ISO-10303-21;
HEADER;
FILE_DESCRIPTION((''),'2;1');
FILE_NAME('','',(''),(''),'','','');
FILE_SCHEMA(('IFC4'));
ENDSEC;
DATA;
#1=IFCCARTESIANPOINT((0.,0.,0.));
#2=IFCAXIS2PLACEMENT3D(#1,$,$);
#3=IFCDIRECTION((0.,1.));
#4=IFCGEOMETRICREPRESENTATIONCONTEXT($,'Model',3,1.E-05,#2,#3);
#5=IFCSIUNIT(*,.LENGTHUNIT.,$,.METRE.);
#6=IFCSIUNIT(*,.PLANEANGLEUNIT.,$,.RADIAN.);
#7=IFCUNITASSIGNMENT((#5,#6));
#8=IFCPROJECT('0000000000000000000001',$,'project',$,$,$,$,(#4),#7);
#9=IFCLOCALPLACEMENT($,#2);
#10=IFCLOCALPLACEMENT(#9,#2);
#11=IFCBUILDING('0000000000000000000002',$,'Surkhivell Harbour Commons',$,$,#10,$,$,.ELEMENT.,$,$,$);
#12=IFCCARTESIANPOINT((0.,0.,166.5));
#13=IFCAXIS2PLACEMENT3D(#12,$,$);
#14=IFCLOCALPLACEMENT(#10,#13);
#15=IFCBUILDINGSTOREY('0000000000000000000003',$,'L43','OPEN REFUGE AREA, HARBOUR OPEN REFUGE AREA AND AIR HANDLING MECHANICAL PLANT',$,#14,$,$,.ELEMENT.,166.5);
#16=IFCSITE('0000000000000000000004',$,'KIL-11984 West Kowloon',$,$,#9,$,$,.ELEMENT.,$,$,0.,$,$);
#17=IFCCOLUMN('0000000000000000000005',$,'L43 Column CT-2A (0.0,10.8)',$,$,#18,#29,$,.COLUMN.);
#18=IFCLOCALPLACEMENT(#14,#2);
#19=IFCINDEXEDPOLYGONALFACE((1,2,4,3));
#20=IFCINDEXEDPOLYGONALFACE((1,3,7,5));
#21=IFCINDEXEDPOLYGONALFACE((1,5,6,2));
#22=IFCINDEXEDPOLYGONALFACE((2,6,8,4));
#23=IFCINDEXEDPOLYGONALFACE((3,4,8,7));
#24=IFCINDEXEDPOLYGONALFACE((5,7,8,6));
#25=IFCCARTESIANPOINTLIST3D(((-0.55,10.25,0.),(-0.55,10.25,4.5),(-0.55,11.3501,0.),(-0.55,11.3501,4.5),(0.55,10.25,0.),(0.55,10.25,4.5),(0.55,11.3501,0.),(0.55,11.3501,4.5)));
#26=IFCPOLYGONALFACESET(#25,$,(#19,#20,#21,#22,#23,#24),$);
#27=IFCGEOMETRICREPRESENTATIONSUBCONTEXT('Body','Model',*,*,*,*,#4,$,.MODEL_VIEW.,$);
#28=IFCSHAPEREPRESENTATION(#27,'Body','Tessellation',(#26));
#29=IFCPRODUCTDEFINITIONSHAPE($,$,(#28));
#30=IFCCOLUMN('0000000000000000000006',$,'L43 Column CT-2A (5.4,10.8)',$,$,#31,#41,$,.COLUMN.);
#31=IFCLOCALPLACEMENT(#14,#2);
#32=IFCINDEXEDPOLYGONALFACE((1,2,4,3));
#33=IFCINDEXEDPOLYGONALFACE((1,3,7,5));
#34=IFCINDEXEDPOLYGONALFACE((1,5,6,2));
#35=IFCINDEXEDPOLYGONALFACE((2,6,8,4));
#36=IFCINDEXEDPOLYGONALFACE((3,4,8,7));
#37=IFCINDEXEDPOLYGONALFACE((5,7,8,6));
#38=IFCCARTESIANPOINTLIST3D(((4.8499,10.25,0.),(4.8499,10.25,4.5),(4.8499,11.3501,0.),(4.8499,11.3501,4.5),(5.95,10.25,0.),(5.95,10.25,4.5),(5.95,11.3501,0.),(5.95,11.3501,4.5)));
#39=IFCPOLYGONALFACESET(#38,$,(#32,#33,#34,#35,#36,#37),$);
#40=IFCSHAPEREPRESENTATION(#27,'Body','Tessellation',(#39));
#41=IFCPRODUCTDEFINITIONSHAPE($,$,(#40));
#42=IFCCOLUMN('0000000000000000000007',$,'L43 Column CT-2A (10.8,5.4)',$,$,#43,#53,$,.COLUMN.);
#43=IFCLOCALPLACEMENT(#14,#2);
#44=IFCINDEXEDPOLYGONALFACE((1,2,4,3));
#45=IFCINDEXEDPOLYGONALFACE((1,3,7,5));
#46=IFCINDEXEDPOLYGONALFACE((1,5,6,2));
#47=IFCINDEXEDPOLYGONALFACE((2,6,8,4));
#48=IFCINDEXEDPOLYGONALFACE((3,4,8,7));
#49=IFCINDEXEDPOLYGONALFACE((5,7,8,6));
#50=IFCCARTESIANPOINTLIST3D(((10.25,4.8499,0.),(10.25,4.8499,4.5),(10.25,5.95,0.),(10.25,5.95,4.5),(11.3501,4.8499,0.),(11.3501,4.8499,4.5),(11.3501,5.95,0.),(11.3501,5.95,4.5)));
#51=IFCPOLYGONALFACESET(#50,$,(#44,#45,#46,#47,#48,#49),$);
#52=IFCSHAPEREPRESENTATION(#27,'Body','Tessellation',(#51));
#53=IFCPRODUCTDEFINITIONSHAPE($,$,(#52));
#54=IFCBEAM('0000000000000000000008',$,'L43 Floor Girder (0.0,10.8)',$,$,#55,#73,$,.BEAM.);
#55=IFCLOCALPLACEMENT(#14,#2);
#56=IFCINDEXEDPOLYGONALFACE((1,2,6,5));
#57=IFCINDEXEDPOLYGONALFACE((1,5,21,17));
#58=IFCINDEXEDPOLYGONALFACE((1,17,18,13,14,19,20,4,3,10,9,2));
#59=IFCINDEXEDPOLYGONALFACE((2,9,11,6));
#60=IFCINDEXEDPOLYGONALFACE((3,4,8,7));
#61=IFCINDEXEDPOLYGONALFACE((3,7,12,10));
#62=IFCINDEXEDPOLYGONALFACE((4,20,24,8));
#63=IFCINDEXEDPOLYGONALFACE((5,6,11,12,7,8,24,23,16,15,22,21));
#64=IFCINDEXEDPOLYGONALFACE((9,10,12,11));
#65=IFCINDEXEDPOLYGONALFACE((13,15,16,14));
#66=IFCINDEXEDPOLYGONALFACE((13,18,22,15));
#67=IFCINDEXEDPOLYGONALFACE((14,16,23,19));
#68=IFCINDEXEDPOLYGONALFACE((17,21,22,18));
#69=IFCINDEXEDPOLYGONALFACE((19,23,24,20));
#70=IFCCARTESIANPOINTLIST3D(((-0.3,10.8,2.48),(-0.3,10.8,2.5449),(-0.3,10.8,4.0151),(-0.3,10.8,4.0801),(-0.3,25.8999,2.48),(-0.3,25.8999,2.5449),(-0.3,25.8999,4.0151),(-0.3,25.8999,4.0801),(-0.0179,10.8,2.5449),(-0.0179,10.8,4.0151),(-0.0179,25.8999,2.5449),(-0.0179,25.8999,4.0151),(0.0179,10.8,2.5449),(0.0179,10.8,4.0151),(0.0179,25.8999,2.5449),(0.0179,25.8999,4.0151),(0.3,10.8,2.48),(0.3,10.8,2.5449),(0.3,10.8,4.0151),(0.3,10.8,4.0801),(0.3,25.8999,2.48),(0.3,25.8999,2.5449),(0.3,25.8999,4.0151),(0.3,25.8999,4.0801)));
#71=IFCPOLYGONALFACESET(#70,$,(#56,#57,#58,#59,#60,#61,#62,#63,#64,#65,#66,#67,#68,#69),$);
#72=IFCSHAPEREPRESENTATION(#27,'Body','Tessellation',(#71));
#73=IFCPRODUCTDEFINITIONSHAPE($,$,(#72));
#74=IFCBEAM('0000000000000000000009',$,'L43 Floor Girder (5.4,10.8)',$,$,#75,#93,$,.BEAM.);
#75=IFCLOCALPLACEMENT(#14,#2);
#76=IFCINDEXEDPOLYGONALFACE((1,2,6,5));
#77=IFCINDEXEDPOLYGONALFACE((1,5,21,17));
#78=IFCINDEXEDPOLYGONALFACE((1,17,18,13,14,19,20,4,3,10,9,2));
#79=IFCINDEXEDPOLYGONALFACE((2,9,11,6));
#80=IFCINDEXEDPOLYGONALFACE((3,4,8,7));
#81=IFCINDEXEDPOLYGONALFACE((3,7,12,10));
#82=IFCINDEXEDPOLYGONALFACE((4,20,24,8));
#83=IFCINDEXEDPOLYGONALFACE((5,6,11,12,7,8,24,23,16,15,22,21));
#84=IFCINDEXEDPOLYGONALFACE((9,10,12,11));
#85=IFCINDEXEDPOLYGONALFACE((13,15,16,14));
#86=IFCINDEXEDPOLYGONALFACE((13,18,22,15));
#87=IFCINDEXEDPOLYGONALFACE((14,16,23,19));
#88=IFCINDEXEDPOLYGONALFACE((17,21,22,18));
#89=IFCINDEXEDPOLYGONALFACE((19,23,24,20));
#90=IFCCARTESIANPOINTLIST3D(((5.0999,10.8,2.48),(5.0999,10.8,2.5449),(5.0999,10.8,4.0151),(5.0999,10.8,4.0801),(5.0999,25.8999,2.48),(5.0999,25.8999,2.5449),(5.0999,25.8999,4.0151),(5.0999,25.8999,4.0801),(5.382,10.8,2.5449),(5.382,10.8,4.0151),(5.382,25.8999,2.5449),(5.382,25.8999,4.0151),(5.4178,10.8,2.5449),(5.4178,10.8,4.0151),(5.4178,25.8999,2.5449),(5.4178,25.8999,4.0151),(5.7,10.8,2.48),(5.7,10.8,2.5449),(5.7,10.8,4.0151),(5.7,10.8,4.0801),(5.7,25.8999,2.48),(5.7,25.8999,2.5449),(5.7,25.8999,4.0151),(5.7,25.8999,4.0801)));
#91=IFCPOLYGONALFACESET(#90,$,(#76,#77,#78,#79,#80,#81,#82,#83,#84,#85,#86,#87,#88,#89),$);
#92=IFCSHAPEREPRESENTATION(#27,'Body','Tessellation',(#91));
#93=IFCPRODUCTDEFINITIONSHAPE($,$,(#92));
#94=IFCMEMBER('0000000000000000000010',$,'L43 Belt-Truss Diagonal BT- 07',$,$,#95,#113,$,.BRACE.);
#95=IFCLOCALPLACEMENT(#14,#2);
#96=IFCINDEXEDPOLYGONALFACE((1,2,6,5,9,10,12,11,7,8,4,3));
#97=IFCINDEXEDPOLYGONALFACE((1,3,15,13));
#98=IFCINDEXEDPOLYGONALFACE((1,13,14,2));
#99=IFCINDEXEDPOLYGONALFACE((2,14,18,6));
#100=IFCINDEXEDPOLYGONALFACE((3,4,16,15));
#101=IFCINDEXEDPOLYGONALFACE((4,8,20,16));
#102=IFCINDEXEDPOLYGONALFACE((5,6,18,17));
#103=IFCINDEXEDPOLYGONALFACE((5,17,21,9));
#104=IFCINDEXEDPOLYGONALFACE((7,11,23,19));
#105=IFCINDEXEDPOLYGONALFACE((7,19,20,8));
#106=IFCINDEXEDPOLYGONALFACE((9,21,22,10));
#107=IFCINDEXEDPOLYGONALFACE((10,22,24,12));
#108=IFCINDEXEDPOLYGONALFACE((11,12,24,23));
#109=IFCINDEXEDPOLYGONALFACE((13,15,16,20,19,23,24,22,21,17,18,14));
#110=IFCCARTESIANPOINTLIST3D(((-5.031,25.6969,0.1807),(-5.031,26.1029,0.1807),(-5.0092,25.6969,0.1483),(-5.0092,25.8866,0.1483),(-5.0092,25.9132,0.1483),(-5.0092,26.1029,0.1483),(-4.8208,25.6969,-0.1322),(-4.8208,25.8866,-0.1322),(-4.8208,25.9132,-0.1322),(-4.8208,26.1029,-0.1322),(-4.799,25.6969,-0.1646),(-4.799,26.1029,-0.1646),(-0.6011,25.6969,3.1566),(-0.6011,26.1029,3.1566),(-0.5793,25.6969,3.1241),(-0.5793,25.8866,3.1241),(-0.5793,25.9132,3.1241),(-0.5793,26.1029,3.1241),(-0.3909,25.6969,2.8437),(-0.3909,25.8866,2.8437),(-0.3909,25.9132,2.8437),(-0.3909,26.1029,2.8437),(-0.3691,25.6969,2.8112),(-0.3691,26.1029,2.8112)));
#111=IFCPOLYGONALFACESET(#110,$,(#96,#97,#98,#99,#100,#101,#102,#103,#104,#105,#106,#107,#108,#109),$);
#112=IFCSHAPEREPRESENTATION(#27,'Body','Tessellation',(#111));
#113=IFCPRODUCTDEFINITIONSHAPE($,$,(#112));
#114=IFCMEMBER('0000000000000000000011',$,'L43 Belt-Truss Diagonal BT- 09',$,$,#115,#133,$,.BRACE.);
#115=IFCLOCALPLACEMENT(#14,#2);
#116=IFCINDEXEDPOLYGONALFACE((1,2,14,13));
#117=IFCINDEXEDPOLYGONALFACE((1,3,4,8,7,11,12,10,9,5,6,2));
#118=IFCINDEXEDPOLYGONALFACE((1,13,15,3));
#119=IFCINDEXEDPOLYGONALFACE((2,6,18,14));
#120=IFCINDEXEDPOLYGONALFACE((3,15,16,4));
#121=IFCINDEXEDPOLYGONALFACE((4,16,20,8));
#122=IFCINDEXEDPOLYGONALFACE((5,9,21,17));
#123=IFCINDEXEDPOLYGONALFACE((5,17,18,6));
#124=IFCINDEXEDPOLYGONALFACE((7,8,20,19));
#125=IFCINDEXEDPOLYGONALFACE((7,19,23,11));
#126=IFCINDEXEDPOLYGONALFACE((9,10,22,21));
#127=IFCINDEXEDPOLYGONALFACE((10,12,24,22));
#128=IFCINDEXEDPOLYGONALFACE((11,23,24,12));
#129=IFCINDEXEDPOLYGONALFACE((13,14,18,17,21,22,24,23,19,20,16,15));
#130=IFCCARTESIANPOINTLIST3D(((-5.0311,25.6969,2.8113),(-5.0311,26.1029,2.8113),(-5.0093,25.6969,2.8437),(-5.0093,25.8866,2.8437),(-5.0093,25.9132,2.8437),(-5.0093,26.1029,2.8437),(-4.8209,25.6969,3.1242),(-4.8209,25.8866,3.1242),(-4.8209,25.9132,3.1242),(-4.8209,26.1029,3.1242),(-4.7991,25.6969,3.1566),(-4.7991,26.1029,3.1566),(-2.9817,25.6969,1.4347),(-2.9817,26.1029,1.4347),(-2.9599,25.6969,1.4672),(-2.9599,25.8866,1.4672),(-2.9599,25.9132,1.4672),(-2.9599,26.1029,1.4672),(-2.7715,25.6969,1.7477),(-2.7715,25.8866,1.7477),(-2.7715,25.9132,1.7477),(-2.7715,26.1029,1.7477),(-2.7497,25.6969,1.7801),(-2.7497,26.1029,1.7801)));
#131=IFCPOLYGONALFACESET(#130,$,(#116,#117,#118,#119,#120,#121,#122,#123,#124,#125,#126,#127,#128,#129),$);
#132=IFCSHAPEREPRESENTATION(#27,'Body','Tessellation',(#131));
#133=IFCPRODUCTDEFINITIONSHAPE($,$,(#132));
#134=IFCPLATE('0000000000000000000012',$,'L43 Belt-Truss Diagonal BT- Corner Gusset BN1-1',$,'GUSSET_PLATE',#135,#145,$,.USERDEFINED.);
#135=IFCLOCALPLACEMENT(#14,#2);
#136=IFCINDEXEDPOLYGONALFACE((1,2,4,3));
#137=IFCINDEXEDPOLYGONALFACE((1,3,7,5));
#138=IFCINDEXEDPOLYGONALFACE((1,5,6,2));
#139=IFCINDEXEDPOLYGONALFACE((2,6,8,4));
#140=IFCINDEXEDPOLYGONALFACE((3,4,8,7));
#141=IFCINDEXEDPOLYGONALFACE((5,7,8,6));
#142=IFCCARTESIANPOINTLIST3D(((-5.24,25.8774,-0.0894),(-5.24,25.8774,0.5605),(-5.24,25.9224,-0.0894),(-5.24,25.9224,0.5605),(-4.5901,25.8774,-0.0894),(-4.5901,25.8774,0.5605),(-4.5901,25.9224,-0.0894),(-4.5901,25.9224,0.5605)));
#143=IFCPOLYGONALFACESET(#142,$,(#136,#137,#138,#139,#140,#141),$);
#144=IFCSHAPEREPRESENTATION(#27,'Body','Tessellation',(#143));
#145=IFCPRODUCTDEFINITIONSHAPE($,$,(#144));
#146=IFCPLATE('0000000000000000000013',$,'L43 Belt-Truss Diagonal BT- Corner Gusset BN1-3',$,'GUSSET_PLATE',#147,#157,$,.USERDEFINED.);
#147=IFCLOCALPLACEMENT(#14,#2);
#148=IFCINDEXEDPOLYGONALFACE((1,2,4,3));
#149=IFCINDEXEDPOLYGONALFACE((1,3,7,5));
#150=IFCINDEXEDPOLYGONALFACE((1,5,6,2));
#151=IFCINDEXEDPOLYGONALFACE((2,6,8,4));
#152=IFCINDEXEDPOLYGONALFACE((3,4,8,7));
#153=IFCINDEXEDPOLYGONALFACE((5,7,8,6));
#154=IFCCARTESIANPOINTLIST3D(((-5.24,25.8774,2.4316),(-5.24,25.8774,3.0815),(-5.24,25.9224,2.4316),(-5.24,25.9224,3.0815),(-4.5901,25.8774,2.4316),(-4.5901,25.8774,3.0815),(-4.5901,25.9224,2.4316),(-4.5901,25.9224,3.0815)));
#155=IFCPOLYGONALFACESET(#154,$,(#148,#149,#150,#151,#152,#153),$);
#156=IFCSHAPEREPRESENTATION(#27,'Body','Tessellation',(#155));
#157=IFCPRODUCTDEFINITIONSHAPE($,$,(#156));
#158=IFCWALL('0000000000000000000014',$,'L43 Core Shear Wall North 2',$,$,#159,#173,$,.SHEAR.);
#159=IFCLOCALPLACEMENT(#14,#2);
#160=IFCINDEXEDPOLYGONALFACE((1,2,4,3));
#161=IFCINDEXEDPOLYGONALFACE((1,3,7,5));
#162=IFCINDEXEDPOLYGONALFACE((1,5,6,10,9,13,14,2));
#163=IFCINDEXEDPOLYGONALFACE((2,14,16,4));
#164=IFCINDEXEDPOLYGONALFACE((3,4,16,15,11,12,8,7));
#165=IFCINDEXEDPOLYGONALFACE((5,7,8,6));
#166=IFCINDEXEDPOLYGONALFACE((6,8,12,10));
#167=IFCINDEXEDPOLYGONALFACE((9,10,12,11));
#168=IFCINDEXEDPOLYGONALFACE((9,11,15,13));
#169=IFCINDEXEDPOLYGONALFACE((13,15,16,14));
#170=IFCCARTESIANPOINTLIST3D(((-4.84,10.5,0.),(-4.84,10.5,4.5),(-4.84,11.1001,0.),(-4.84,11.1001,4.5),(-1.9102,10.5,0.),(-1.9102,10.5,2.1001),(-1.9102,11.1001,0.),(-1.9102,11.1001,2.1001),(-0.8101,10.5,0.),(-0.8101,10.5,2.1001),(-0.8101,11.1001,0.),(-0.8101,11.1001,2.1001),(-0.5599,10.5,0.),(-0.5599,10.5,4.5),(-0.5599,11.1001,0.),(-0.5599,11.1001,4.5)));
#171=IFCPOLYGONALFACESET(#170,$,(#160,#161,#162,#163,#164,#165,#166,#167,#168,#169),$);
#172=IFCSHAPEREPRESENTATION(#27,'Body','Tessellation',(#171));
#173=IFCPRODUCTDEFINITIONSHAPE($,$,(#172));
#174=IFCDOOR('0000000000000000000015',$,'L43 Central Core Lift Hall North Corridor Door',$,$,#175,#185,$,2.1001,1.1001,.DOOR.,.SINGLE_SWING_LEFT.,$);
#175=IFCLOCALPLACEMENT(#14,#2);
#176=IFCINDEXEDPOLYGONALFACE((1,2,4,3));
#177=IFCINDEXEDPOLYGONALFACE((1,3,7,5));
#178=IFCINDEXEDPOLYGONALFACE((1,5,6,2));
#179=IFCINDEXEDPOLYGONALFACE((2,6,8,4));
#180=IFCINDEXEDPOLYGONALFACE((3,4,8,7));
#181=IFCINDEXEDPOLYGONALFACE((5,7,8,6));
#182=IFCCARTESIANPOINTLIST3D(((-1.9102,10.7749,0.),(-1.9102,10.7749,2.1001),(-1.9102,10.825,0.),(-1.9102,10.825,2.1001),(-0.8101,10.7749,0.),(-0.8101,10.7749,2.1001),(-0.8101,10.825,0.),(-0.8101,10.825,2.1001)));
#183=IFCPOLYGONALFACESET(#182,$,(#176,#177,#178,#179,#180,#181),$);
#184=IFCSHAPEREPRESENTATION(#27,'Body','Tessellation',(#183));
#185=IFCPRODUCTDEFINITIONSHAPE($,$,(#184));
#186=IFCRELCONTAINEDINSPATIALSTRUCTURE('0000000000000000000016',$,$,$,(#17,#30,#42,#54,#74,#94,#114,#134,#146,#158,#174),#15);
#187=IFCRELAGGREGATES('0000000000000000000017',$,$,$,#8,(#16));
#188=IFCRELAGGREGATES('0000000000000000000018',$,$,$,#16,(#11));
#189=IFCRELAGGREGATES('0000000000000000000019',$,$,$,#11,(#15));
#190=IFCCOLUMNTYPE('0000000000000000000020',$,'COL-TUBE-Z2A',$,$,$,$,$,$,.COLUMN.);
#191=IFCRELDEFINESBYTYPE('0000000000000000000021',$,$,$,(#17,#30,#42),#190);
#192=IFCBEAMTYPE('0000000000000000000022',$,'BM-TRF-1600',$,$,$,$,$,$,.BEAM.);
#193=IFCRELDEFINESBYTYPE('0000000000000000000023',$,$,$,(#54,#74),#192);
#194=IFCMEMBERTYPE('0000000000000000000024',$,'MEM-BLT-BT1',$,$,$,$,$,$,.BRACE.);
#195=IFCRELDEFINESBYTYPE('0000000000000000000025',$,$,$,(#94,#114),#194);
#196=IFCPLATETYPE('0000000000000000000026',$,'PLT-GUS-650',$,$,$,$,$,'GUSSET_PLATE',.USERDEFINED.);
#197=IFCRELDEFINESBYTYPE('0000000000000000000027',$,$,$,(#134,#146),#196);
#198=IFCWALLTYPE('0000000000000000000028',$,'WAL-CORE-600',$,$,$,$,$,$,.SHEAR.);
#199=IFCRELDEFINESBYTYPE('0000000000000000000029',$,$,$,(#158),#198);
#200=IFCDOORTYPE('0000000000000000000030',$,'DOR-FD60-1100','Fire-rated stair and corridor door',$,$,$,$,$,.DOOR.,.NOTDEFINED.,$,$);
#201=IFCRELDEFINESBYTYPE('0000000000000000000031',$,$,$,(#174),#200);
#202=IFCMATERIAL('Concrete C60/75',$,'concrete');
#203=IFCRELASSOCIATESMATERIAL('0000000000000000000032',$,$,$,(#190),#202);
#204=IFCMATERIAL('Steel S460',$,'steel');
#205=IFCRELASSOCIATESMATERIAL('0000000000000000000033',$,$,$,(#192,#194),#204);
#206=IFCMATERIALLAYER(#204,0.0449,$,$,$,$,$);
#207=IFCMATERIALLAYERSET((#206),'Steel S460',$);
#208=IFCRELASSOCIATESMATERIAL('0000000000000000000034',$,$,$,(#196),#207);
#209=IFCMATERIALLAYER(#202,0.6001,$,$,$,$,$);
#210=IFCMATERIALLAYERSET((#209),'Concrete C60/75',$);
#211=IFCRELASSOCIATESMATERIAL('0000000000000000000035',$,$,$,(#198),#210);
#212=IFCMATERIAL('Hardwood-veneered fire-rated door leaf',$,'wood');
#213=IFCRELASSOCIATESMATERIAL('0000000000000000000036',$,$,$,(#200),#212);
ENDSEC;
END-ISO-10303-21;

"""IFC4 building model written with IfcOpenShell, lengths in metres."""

from ifc_helpers import new_model, si_unit, direction, frame, frame_2d, origin, origin_2d, place, context, subcontext, project, spatial, rectangle, i_section, extrude, material, layer, layer_set, material_profile, profile_set, type_object, element, fill, save


model = new_model("IFC4")

# Units and contexts
model_context = context("Model", 3, precision=1e-05, world=origin(), true_north=direction((0.0, 1.0)))
body_context = subcontext(model_context, "Body", "Model", "MODEL_VIEW")
ifc_project = project(units=[si_unit("LENGTHUNIT", "METRE"), si_unit("PLANEANGLEUNIT", "RADIAN")], contexts=[model_context])

# Site, building, storey
site_placement = place(None, origin())
site = spatial("IfcSite", under=ifc_project, at=site_placement, Name="KIL-11984 West Kowloon", CompositionType="ELEMENT", RefElevation=0.0)
building_placement = place(site_placement, origin())
building = spatial("IfcBuilding", under=site, at=building_placement, Name="Surkhivell Harbour Commons", CompositionType="ELEMENT")
storey_placement = place(building_placement, frame((0.0, 0.0, 166.5)))
storey = spatial("IfcBuildingStorey", under=building, at=storey_placement, Name="L43", Description="OPEN REFUGE AREA, HARBOUR OPEN REFUGE AREA AND AIR HANDLING MECHANICAL PLANT", CompositionType="ELEMENT", Elevation=166.5)

# Columns
ifc_material_1 = material(Name="Concrete C60/75", Category="concrete")
ifc_material_profile_1 = material_profile(ifc_material_1, rectangle(XDim=1.1001, YDim=1.1001, at=origin_2d()), Name="RC-COL-1100x1100")
ifc_profile_set_1 = profile_set([ifc_material_profile_1], Name="Concrete C60/75")
column_type = type_object("IfcColumnType", Name="COL-TUBE-Z2A", PredefinedType="COLUMN", material=ifc_profile_set_1)
for number, where, z_axis, x_axis, name in (
    (1, (0.0, 10.8, 0.0), (0.0, 0.0, 1.0), (1.0, 0.0, 0.0), "L43 Column CT-2A (0.0,10.8)"),
    (2, (5.3999, 10.8, 0.0), (0.0, 0.0, 1.0), (1.0, 0.0, 0.0), "L43 Column CT-2A (5.4,10.8)"),
    (3, (10.8, 5.3999, 0.0), (0.0, 0.0, 1.0), (1.0, 0.0, 0.0), "L43 Column CT-2A (10.8,5.4)"),
):
    element("IfcColumn", number, at=place(storey_placement, frame(where, z_axis=z_axis, x_axis=x_axis)), inside=storey, type_object=column_type, Name=name, PredefinedType="COLUMN", context=body_context, shape_type="SweptSolid", body=[
        extrude(rectangle(XDim=1.1001, YDim=1.1001, at=origin_2d()), origin(), (0.0, 0.0, 1.0), 4.5),
    ])

# Beams
ifc_material_2 = material(Name="Steel S460", Category="steel")
ifc_material_profile_2 = material_profile(ifc_material_2, i_section(OverallWidth=0.6001, OverallDepth=1.6001, WebThickness=0.0359, FlangeThickness=0.0649, at=origin_2d()), Name="WPG1600x600x296")
ifc_profile_set_2 = profile_set([ifc_material_profile_2], Name="Steel S460")
beam_type = type_object("IfcBeamType", Name="BM-TRF-1600", PredefinedType="BEAM", material=ifc_profile_set_2)
for number, where, z_axis, x_axis, name in (
    (4, (0.0, 10.8, 3.28), (0.0, 1.0, 0.0), (-1.0, 0.0, 0.0), "L43 Floor Girder (0.0,10.8)"),
    (5, (5.3999, 10.8, 3.28), (0.0, 1.0, 0.0), (-1.0, 0.0, 0.0), "L43 Floor Girder (5.4,10.8)"),
):
    element("IfcBeam", number, at=place(storey_placement, frame(where, z_axis=z_axis, x_axis=x_axis)), inside=storey, type_object=beam_type, Name=name, PredefinedType="BEAM", context=body_context, shape_type="SweptSolid", body=[
        extrude(i_section(OverallWidth=0.6001, OverallDepth=1.6001, WebThickness=0.0359, FlangeThickness=0.0649, at=origin_2d()), origin(), (0.0, 0.0, 1.0), 15.0999),
    ])

# Members
ifc_material_profile_3 = material_profile(ifc_material_2, i_section(OverallWidth=0.406, OverallDepth=0.416, WebThickness=0.0266, FlangeThickness=0.0391, at=origin_2d()), Name="HD400x382")
ifc_profile_set_3 = profile_set([ifc_material_profile_3], Name="Steel S460")
member_type = type_object("IfcMemberType", Name="MEM-BLT-BT1", PredefinedType="BRACE", material=ifc_profile_set_3)
member_1_placement = place(storey_placement, frame((-4.915, 25.8999, 0.0081), z_axis=(0.830096, 0.0, 0.557621), x_axis=(0.0, 1.0, 0.0)))
element("IfcMember", 6, at=member_1_placement, inside=storey, type_object=member_type, Name="L43 Belt-Truss Diagonal BT- 07", PredefinedType="BRACE", context=body_context, shape_type="SweptSolid", body=[
    extrude(i_section(OverallWidth=0.406, OverallDepth=0.416, WebThickness=0.0266, FlangeThickness=0.0391, at=origin_2d()), origin(), (0.0, 0.0, 1.0), 5.3367),
])
member_2_placement = place(storey_placement, frame((-2.8657, 25.8999, 1.6074), z_axis=(-0.830128, 0.0, 0.557572), x_axis=(0.0, -1.0, 0.0)))
element("IfcMember", 7, at=member_2_placement, inside=storey, type_object=member_type, Name="L43 Belt-Truss Diagonal BT- 09", PredefinedType="BRACE", context=body_context, shape_type="SweptSolid", body=[
    extrude(i_section(OverallWidth=0.406, OverallDepth=0.416, WebThickness=0.0266, FlangeThickness=0.0391, at=origin_2d()), origin(), (0.0, 0.0, 1.0), 2.4688),
])

# Plates
ifc_layer_1 = layer(ifc_material_2, 0.0449)
ifc_layer_set_1 = layer_set([ifc_layer_1], Name="Steel S460")
plate_type = type_object("IfcPlateType", Name="PLT-GUS-650", ElementType="GUSSET_PLATE", PredefinedType="USERDEFINED", material=ifc_layer_set_1)
for number, where, z_axis, x_axis, name in (
    (8, (-4.915, 25.8999, -0.0894), (0.0, 0.0, 1.0), (1.0, 0.0, 0.0), "L43 Belt-Truss Diagonal BT- Corner Gusset BN1-1"),
    (9, (-4.915, 25.8999, 2.4316), (0.0, 0.0, 1.0), (1.0, 0.0, 0.0), "L43 Belt-Truss Diagonal BT- Corner Gusset BN1-3"),
):
    element("IfcPlate", number, at=place(storey_placement, frame(where, z_axis=z_axis, x_axis=x_axis)), inside=storey, type_object=plate_type, Name=name, ObjectType="GUSSET_PLATE", PredefinedType="USERDEFINED", context=body_context, shape_type="SweptSolid", body=[
        extrude(rectangle(XDim=0.6499, YDim=0.0449, at=origin_2d()), origin(), (0.0, 0.0, 1.0), 0.6499),
    ])

# Wall, opening, door
ifc_layer_2 = layer(ifc_material_1, 0.6001)
ifc_layer_set_2 = layer_set([ifc_layer_2], Name="Concrete C60/75")
wall_type_1 = type_object("IfcWallType", Name="WAL-CORE-600", PredefinedType="SHEAR", material=ifc_layer_set_2)
wall_1_placement = place(storey_placement, frame((-4.8401, 10.8, 0.0), z_axis=(0.0, 0.0, 1.0), x_axis=(1.0, 0.0, 0.0)))
wall_1 = element("IfcWall", 10, at=wall_1_placement, inside=storey, type_object=wall_type_1, Name="L43 Core Shear Wall North 2", PredefinedType="SHEAR", context=body_context, shape_type="SweptSolid", body=[
    extrude(rectangle(XDim=4.28, YDim=0.6001, at=frame_2d((2.1401, 0.0))), origin(), (0.0, 0.0, 1.0), 4.5),
])
opening_placement = place(wall_1_placement, frame((2.9299, 0.0, 0.0)))
opening = element("IfcOpeningElement", 11, at=opening_placement, cuts=wall_1, PredefinedType="OPENING", context=body_context, shape_type="SweptSolid", body=[
    extrude(rectangle(XDim=1.1001, YDim=2.1001, at=frame_2d((0.55, 1.05))), frame((0.0, 0.3101, 0.0), z_axis=(0.0, -1.0, 0.0), x_axis=(1.0, 0.0, 0.0)), (0.0, 0.0, 1.0), 0.6201),
])
ifc_material_3 = material(Name="Hardwood-veneered fire-rated door leaf", Category="wood")
door_type = type_object("IfcDoorType", Name="DOR-FD60-1100", Description="Fire-rated stair and corridor door", OperationType="NOTDEFINED", PredefinedType="DOOR", material=ifc_material_3)
door_placement = place(opening_placement, origin())
door = element("IfcDoor", 12, at=door_placement, inside=storey, type_object=door_type, Name="L43 Central Core Lift Hall North Corridor Door", OperationType="SINGLE_SWING_LEFT", OverallHeight=2.1001, OverallWidth=1.1001, PredefinedType="DOOR", context=body_context, shape_type="SweptSolid", body=[
    extrude(rectangle(XDim=1.1001, YDim=2.1001, at=frame_2d((0.55, 1.05))), frame((0.0, 0.0249, 0.0), z_axis=(0.0, -1.0, 0.0), x_axis=(1.0, 0.0, 0.0)), (0.0, 0.0, 1.0), 0.05),
])
fill(opening, door)

save(model, "model.ifc")
